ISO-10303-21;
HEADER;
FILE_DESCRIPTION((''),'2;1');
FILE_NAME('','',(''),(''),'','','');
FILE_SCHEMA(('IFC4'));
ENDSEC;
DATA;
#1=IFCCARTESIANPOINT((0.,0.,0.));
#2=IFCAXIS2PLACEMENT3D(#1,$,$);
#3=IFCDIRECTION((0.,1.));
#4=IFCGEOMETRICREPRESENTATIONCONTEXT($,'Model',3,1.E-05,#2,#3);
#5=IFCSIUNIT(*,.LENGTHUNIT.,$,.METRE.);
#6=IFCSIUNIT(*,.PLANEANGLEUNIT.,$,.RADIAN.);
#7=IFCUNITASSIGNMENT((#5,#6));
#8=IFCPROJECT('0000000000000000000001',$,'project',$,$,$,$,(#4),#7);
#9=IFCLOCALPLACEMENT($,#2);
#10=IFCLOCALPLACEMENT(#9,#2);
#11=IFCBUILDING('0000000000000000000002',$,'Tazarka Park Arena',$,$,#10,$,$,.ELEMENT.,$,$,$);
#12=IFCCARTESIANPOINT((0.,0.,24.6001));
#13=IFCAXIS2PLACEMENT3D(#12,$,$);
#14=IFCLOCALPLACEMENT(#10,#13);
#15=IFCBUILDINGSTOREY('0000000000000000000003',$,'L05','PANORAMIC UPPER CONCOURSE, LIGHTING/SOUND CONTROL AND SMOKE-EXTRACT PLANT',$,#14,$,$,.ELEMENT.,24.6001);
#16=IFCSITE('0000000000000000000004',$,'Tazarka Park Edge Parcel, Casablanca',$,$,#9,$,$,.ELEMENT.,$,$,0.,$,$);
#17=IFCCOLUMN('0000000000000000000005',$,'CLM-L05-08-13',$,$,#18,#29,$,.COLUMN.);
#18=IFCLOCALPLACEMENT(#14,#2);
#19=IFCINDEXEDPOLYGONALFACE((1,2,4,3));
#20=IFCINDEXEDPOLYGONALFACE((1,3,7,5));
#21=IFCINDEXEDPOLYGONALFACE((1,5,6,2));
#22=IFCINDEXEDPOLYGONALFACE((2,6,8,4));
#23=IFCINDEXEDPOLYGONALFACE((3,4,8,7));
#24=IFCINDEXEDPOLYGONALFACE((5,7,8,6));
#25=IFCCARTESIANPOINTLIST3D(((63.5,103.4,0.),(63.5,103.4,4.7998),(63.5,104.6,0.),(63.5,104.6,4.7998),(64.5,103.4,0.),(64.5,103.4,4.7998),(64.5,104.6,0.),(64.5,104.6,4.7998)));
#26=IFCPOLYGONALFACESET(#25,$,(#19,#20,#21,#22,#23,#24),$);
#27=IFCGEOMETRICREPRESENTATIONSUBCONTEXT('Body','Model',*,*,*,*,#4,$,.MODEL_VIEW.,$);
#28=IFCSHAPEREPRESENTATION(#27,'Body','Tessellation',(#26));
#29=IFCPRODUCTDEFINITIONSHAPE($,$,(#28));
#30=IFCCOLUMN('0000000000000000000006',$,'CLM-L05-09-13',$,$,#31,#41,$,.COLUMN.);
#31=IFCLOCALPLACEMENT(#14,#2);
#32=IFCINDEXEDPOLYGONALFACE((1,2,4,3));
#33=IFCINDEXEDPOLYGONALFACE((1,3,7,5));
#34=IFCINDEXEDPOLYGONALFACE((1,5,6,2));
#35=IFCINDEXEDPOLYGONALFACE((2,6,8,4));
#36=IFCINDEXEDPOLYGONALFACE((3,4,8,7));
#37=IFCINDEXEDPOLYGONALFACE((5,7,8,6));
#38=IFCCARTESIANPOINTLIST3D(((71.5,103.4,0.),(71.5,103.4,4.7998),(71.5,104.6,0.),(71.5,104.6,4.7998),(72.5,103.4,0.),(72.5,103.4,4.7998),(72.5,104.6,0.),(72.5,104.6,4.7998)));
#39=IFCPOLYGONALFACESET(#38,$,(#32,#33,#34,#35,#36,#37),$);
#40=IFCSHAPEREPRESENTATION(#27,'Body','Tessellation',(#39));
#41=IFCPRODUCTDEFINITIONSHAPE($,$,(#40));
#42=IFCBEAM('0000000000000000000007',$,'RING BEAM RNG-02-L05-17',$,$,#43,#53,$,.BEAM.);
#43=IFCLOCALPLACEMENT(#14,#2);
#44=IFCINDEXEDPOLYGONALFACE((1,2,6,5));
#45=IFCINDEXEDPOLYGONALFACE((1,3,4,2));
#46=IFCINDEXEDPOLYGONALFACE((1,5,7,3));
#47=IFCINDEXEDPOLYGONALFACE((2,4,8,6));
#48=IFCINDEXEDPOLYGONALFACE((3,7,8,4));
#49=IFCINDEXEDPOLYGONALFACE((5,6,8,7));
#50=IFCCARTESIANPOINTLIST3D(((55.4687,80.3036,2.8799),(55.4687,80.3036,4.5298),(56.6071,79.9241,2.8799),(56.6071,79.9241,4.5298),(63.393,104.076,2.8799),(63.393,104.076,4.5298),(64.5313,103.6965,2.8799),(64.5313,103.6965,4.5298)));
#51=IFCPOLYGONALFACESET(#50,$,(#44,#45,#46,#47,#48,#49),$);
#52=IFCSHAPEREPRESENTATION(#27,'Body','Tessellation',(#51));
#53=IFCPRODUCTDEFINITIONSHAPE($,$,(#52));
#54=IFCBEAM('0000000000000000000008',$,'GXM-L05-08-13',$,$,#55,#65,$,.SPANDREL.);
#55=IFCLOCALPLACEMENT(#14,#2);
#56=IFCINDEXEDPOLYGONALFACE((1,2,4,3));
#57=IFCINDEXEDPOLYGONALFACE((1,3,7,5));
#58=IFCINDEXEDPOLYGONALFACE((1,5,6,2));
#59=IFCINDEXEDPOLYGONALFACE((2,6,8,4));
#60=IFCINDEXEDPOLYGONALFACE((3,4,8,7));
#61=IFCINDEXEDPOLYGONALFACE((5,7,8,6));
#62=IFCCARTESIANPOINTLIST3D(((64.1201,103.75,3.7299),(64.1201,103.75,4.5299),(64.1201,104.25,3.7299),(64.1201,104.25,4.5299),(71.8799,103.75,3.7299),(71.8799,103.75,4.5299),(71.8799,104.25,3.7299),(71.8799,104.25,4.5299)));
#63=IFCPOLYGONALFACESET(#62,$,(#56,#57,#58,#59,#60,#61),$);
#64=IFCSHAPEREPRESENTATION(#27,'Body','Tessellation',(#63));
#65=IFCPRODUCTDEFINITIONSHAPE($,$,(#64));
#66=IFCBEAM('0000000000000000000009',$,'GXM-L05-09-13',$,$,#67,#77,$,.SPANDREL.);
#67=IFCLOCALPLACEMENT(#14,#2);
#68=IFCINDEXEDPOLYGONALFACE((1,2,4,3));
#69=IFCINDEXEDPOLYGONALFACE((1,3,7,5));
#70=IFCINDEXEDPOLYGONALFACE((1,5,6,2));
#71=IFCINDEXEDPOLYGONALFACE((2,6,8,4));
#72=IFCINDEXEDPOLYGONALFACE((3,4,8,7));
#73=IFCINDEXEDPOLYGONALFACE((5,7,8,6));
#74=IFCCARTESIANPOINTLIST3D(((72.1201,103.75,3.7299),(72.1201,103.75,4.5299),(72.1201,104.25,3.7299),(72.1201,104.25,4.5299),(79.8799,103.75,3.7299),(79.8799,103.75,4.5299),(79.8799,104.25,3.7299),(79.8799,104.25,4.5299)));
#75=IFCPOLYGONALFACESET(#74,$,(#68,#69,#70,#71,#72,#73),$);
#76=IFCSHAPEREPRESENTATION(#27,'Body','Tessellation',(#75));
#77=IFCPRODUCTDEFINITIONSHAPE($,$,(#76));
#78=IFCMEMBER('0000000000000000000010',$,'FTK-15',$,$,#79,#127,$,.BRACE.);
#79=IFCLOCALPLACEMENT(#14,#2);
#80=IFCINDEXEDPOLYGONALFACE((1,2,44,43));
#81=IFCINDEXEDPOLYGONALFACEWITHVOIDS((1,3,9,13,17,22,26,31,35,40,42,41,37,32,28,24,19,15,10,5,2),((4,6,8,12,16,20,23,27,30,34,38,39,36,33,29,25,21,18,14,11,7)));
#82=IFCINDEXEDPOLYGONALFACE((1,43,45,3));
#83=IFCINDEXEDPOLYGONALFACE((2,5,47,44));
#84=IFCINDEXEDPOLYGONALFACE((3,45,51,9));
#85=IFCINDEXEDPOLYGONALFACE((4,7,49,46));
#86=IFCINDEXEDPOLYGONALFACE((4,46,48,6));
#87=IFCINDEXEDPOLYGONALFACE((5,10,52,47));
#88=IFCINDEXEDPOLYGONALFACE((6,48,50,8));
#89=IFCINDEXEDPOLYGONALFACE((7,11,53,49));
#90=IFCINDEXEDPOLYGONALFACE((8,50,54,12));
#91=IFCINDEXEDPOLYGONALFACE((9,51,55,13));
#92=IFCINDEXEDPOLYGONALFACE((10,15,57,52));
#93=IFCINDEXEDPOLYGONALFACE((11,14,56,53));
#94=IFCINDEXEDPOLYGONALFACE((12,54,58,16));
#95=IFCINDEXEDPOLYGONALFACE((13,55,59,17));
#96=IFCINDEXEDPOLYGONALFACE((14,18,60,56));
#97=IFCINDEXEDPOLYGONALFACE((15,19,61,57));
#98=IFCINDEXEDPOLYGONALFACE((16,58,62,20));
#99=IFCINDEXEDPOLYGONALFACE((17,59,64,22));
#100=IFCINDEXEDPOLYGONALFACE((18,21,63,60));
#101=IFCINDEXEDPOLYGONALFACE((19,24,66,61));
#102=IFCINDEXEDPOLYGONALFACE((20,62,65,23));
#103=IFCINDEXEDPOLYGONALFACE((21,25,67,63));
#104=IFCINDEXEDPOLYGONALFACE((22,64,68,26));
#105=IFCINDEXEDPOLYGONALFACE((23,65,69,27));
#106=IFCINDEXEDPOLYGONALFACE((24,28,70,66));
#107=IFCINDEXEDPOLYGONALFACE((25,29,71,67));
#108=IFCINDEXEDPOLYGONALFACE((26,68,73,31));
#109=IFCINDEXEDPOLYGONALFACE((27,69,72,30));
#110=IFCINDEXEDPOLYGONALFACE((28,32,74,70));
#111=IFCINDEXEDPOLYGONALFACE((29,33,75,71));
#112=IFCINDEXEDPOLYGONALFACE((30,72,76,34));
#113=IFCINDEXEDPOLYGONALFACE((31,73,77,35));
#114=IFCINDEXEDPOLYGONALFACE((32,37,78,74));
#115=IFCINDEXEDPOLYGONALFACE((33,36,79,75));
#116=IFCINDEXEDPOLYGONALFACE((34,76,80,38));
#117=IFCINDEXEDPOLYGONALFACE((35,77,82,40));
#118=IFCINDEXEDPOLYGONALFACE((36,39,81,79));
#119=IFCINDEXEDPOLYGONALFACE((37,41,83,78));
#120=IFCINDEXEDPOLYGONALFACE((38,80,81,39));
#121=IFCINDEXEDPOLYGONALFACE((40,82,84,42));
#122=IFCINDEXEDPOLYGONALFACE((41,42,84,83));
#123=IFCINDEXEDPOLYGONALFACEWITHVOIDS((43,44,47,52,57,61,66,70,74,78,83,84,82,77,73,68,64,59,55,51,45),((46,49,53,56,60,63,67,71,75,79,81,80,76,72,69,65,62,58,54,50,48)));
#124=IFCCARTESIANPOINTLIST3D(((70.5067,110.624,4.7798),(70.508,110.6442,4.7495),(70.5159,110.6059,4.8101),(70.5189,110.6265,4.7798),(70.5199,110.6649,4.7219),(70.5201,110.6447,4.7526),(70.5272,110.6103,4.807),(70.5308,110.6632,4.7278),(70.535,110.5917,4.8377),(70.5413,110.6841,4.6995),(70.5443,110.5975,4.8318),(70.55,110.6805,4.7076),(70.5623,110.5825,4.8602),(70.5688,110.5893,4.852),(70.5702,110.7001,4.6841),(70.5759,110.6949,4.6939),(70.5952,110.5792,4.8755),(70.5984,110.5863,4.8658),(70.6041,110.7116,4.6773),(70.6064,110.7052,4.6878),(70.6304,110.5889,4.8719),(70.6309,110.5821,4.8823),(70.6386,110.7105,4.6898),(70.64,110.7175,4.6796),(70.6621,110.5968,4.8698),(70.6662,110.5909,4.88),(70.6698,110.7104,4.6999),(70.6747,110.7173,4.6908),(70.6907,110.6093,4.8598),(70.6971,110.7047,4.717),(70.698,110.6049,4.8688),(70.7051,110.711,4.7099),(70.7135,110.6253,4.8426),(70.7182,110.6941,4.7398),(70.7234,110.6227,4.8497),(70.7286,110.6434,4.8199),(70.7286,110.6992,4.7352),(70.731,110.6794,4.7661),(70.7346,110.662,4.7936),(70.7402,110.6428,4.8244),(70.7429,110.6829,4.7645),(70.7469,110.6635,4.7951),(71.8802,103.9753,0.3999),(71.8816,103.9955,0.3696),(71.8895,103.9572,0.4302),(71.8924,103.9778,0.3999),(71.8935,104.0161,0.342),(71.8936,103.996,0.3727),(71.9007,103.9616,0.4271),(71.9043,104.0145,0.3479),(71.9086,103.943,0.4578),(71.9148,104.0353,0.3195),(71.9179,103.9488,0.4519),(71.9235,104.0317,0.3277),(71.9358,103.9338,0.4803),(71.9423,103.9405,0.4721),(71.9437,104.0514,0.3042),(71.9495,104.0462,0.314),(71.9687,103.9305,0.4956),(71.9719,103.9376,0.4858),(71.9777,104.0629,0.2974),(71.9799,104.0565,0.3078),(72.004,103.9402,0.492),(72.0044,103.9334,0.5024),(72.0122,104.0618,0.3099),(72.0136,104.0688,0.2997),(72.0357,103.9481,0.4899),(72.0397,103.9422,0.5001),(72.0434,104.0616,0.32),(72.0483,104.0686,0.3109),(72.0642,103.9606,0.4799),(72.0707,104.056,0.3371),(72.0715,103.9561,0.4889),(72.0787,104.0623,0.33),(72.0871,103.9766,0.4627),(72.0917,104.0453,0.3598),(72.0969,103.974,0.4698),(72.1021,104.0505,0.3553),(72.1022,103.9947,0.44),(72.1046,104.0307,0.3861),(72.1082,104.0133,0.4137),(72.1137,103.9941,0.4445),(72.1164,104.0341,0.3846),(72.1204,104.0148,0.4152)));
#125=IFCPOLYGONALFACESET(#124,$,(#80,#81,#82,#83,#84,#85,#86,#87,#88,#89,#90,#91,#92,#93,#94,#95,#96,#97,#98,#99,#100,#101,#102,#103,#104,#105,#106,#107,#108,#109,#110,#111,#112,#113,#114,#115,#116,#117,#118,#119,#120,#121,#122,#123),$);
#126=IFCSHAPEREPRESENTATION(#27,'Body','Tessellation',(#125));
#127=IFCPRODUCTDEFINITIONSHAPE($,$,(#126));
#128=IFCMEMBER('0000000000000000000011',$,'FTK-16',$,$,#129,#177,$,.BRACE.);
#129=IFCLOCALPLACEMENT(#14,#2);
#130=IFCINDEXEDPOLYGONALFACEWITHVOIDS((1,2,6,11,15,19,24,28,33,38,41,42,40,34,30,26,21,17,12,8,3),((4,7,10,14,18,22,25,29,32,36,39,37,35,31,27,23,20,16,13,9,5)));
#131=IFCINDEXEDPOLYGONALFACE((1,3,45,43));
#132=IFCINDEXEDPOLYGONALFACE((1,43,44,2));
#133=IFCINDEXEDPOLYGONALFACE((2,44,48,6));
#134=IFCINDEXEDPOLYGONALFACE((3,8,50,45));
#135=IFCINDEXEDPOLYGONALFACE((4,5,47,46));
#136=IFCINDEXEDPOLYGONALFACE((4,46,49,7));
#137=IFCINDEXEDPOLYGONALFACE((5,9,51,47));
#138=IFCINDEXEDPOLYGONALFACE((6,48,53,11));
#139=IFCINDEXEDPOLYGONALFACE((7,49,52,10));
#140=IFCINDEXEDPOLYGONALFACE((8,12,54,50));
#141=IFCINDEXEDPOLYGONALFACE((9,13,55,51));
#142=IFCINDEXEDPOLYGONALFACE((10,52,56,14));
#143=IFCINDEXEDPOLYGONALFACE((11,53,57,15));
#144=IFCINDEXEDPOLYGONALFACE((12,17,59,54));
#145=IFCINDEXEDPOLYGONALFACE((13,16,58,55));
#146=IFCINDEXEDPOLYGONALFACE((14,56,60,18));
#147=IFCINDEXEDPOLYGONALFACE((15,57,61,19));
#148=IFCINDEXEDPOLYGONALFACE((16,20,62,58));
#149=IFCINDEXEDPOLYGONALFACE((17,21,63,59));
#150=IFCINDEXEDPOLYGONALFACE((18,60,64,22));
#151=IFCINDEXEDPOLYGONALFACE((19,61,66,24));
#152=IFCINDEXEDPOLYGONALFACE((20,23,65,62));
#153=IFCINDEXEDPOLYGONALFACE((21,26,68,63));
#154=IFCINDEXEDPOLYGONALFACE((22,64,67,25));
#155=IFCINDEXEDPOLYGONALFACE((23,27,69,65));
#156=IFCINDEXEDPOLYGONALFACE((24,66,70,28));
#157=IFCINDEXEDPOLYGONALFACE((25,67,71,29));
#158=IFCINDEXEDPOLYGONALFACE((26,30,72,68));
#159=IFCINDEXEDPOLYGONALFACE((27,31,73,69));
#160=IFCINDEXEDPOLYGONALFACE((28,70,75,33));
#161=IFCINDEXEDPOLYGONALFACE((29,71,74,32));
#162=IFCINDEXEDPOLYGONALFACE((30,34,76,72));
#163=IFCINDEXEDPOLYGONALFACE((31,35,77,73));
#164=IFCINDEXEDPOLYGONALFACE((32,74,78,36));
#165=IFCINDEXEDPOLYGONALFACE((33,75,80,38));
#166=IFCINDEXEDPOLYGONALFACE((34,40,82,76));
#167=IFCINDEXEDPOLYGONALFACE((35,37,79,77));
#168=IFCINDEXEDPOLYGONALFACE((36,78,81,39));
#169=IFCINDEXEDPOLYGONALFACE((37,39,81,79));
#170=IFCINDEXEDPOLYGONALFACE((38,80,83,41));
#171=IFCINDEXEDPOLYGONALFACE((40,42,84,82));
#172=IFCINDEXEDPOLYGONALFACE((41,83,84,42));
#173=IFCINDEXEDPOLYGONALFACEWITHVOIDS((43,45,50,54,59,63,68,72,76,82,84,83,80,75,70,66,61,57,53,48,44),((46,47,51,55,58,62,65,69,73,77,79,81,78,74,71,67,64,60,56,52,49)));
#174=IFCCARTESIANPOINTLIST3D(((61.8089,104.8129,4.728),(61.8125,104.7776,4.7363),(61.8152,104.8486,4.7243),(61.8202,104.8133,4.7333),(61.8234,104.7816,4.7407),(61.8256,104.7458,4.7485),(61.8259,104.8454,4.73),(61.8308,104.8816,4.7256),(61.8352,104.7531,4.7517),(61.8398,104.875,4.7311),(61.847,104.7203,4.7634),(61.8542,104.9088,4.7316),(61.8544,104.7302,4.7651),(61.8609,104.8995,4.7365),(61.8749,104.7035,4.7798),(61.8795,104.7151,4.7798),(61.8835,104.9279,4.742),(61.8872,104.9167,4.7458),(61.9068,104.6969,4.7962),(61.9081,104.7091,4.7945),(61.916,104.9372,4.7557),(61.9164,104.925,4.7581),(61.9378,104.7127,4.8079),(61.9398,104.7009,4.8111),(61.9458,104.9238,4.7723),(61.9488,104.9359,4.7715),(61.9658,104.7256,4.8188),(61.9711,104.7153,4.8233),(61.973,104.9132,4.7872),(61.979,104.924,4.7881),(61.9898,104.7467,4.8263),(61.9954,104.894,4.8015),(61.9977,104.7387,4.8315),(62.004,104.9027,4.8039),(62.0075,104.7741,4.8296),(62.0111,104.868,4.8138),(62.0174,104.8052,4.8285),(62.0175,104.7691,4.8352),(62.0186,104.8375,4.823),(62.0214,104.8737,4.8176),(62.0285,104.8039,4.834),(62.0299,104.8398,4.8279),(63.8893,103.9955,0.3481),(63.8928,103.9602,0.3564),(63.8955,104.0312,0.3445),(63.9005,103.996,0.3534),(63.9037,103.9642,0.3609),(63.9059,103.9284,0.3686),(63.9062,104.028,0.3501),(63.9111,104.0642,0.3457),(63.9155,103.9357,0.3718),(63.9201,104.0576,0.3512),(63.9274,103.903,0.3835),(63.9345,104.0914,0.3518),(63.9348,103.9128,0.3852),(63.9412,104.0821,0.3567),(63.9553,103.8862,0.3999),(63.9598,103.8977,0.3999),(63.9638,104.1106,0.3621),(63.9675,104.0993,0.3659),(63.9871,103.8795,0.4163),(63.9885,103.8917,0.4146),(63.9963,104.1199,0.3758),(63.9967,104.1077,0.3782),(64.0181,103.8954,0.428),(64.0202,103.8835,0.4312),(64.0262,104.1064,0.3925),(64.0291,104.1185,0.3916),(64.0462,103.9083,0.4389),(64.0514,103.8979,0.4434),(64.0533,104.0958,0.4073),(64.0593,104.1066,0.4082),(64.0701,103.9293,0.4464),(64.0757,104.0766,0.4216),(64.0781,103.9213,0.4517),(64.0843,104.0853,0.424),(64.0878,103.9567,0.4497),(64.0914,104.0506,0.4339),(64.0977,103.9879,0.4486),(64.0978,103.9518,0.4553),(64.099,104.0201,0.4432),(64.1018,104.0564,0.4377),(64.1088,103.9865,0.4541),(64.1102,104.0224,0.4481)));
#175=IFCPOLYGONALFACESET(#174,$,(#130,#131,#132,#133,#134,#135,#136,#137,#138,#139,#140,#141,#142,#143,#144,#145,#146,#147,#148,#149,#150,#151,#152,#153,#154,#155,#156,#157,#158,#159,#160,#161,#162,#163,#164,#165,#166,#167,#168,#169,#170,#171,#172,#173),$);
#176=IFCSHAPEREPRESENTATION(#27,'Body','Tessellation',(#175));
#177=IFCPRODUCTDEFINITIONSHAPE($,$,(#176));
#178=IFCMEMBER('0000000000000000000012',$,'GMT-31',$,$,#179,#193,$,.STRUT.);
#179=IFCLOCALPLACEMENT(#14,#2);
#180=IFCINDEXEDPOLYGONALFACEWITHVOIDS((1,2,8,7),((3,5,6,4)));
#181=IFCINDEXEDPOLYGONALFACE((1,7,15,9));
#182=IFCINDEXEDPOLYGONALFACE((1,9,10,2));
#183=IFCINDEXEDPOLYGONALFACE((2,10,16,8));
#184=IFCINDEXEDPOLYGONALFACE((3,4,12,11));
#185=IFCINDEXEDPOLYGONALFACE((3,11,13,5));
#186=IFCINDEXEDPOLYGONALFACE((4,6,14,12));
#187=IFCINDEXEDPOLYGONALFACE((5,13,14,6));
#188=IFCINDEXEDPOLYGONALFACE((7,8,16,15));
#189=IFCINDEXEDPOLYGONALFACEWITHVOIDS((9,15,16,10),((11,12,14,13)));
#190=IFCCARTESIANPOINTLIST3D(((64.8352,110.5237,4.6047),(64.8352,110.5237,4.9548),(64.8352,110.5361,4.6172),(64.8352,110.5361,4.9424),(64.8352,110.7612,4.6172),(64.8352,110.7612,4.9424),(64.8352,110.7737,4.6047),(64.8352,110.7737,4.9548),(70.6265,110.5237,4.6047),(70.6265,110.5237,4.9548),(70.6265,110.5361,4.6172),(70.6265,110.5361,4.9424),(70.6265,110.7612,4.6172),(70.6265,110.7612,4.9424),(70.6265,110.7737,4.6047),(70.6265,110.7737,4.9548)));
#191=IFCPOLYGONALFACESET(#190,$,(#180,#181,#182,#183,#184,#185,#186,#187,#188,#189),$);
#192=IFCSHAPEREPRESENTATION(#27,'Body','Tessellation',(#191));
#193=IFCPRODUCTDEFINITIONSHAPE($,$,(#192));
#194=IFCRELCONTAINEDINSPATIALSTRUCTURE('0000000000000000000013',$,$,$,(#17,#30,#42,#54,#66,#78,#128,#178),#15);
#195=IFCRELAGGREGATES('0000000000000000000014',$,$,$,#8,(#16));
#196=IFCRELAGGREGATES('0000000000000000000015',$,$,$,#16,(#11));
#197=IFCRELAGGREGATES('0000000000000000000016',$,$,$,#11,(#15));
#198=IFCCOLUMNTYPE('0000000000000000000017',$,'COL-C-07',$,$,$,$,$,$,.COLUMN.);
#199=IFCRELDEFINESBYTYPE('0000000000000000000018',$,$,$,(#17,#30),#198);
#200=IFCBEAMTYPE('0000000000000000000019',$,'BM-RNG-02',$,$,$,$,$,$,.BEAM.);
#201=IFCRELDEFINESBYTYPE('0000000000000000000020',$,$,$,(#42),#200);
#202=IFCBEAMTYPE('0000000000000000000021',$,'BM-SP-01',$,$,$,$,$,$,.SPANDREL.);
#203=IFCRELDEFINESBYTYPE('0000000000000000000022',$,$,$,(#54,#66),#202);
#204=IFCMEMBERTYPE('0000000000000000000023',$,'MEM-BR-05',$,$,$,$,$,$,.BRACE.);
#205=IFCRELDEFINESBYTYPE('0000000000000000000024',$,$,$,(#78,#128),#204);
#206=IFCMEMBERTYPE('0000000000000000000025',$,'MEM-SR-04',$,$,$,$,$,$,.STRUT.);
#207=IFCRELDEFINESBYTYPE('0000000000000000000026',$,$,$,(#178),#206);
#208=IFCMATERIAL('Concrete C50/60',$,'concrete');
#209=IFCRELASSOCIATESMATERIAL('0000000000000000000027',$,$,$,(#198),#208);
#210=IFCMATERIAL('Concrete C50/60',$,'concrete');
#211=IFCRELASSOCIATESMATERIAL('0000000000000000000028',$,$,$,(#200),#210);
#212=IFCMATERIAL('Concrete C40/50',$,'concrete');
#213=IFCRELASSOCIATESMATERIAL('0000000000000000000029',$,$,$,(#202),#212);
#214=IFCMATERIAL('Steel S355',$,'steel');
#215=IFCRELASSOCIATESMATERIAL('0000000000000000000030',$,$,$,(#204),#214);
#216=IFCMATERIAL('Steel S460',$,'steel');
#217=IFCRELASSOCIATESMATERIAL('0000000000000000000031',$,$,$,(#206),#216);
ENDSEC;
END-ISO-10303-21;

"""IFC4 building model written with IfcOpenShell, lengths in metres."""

from ifc_helpers import new_model, si_unit, direction, frame, origin, origin_2d, place, context, subcontext, project, spatial, rectangle, hollow_rectangle, hollow_circle, extrude, material, material_profile, profile_set, type_object, element, save


model = new_model("IFC4")

# Units and contexts
model_context = context("Model", 3, precision=1e-05, world=origin(), true_north=direction((0.0, 1.0)))
body_context = subcontext(model_context, "Body", "Model", "MODEL_VIEW")
ifc_project = project(units=[si_unit("LENGTHUNIT", "METRE"), si_unit("PLANEANGLEUNIT", "RADIAN")], contexts=[model_context])

# Site, building, storey
site_placement = place(None, origin())
site = spatial("IfcSite", under=ifc_project, at=site_placement, Name="Tazarka Park Edge Parcel, Casablanca", CompositionType="ELEMENT", RefElevation=0.0)
building_placement = place(site_placement, origin())
building = spatial("IfcBuilding", under=site, at=building_placement, Name="Tazarka Park Arena", CompositionType="ELEMENT")
storey_placement = place(building_placement, frame((0.0, 0.0, 24.6001)))
storey = spatial("IfcBuildingStorey", under=building, at=storey_placement, Name="L05", Description="PANORAMIC UPPER CONCOURSE, LIGHTING/SOUND CONTROL AND SMOKE-EXTRACT PLANT", CompositionType="ELEMENT", Elevation=24.6001)

# Columns
ifc_material_1 = material(Name="Concrete C50/60", Category="concrete")
ifc_material_profile_1 = material_profile(ifc_material_1, rectangle(XDim=1.0, YDim=1.2, at=origin_2d()), Name="Concrete C50/60")
ifc_profile_set_1 = profile_set([ifc_material_profile_1], Name="Concrete C50/60")
column_type = type_object("IfcColumnType", Name="COL-C-07", PredefinedType="COLUMN", material=ifc_profile_set_1)
for number, where, z_axis, x_axis, name in (
    (1, (64.0, 104.0, 0.0), (0.0, 0.0, 1.0), (1.0, 0.0, 0.0), "CLM-L05-08-13"),
    (2, (72.0, 104.0, 0.0), (0.0, 0.0, 1.0), (1.0, 0.0, 0.0), "CLM-L05-09-13"),
):
    element("IfcColumn", number, at=place(storey_placement, frame(where, z_axis=z_axis, x_axis=x_axis)), inside=storey, type_object=column_type, Name=name, PredefinedType="COLUMN", context=body_context, shape_type="SweptSolid", body=[
        extrude(rectangle(XDim=1.0, YDim=1.2, at=origin_2d()), origin(), (0.0, 0.0, 1.0), 4.7998),
    ])

# Beams
ifc_material_2 = material(Name="Concrete C50/60", Category="concrete")
ifc_material_profile_2 = material_profile(ifc_material_2, rectangle(XDim=1.2, YDim=1.6499, at=origin_2d()), Name="Concrete C50/60")
ifc_profile_set_2 = profile_set([ifc_material_profile_2], Name="Concrete C50/60")
beam_type_1 = type_object("IfcBeamType", Name="BM-RNG-02", PredefinedType="BEAM", material=ifc_profile_set_2)
beam_placement = place(storey_placement, frame((63.9622, 103.8862, 3.7048), z_axis=(-0.316234, -0.948681, 0.0), x_axis=(0.948681, -0.316234, 0.0)))
element("IfcBeam", 3, at=beam_placement, inside=storey, type_object=beam_type_1, Name="RING BEAM RNG-02-L05-17", PredefinedType="BEAM", context=body_context, shape_type="SweptSolid", body=[
    extrude(rectangle(XDim=1.2, YDim=1.6499, at=origin_2d()), origin(), (0.0, 0.0, 1.0), 25.0583),
])
ifc_material_3 = material(Name="Concrete C40/50", Category="concrete")
ifc_material_profile_3 = material_profile(ifc_material_3, rectangle(XDim=0.5, YDim=0.8, at=origin_2d()), Name="Concrete C40/50")
ifc_profile_set_3 = profile_set([ifc_material_profile_3], Name="Concrete C40/50")
beam_type_2 = type_object("IfcBeamType", Name="BM-SP-01", PredefinedType="SPANDREL", material=ifc_profile_set_3)
for number, where, z_axis, x_axis, name in (
    (4, (64.1201, 104.0, 4.1299), (1.0, 0.0, 0.0), (0.0, 1.0, 0.0), "GXM-L05-08-13"),
    (5, (72.1201, 104.0, 4.1299), (1.0, 0.0, 0.0), (0.0, 1.0, 0.0), "GXM-L05-09-13"),
):
    element("IfcBeam", number, at=place(storey_placement, frame(where, z_axis=z_axis, x_axis=x_axis)), inside=storey, type_object=beam_type_2, Name=name, PredefinedType="SPANDREL", context=body_context, shape_type="SweptSolid", body=[
        extrude(rectangle(XDim=0.5, YDim=0.8, at=origin_2d()), origin(), (0.0, 0.0, 1.0), 7.7598),
    ])

# Members
ifc_material_4 = material(Name="Steel S355", Category="steel")
ifc_material_profile_4 = material_profile(ifc_material_4, hollow_circle(Radius=0.1223, WallThickness=0.0125, at=origin_2d()), Name="Steel S355")
ifc_profile_set_4 = profile_set([ifc_material_profile_4], Name="Steel S355")
member_type_1 = type_object("IfcMemberType", Name="MEM-BR-05", PredefinedType="BRACE", material=ifc_profile_set_4)
member_1_placement = place(storey_placement, frame((72.0, 104.0, 0.3999), z_axis=(-0.170007, 0.822929, 0.542112), x_axis=(-0.97932, -0.202315, 0.0)))
element("IfcMember", 6, at=member_1_placement, inside=storey, type_object=member_type_1, Name="FTK-15", PredefinedType="BRACE", context=body_context, shape_type="SweptSolid", body=[
    extrude(hollow_circle(Radius=0.1223, WallThickness=0.0125, at=origin_2d()), origin(), (0.0, 0.0, 1.0), 8.0793),
])
member_2_placement = place(storey_placement, frame((64.0, 104.0, 0.3999), z_axis=(-0.423067, 0.166228, 0.89072), x_axis=(-0.365696, -0.930734, 0.0)))
element("IfcMember", 7, at=member_2_placement, inside=storey, type_object=member_type_1, Name="FTK-16", PredefinedType="BRACE", context=body_context, shape_type="SweptSolid", body=[
    extrude(hollow_circle(Radius=0.1223, WallThickness=0.0125, at=origin_2d()), origin(), (0.0, 0.0, 1.0), 4.9172),
])
ifc_material_5 = material(Name="Steel S460", Category="steel")
ifc_material_profile_5 = material_profile(ifc_material_5, hollow_rectangle(XDim=0.25, YDim=0.3501, WallThickness=0.0125, at=origin_2d()), Name="Steel S460")
ifc_profile_set_5 = profile_set([ifc_material_profile_5], Name="Steel S460")
member_type_2 = type_object("IfcMemberType", Name="MEM-SR-04", PredefinedType="STRUT", material=ifc_profile_set_5)
member_3_placement = place(storey_placement, frame((70.6265, 110.6487, 4.7798), z_axis=(-1.0, 0.0, 0.0), x_axis=(0.0, -1.0, 0.0)))
element("IfcMember", 8, at=member_3_placement, inside=storey, type_object=member_type_2, Name="GMT-31", PredefinedType="STRUT", context=body_context, shape_type="SweptSolid", body=[
    extrude(hollow_rectangle(XDim=0.25, YDim=0.3501, WallThickness=0.0125, at=origin_2d()), origin(), (0.0, 0.0, 1.0), 5.7913),
])

save(model, "model.ifc")
